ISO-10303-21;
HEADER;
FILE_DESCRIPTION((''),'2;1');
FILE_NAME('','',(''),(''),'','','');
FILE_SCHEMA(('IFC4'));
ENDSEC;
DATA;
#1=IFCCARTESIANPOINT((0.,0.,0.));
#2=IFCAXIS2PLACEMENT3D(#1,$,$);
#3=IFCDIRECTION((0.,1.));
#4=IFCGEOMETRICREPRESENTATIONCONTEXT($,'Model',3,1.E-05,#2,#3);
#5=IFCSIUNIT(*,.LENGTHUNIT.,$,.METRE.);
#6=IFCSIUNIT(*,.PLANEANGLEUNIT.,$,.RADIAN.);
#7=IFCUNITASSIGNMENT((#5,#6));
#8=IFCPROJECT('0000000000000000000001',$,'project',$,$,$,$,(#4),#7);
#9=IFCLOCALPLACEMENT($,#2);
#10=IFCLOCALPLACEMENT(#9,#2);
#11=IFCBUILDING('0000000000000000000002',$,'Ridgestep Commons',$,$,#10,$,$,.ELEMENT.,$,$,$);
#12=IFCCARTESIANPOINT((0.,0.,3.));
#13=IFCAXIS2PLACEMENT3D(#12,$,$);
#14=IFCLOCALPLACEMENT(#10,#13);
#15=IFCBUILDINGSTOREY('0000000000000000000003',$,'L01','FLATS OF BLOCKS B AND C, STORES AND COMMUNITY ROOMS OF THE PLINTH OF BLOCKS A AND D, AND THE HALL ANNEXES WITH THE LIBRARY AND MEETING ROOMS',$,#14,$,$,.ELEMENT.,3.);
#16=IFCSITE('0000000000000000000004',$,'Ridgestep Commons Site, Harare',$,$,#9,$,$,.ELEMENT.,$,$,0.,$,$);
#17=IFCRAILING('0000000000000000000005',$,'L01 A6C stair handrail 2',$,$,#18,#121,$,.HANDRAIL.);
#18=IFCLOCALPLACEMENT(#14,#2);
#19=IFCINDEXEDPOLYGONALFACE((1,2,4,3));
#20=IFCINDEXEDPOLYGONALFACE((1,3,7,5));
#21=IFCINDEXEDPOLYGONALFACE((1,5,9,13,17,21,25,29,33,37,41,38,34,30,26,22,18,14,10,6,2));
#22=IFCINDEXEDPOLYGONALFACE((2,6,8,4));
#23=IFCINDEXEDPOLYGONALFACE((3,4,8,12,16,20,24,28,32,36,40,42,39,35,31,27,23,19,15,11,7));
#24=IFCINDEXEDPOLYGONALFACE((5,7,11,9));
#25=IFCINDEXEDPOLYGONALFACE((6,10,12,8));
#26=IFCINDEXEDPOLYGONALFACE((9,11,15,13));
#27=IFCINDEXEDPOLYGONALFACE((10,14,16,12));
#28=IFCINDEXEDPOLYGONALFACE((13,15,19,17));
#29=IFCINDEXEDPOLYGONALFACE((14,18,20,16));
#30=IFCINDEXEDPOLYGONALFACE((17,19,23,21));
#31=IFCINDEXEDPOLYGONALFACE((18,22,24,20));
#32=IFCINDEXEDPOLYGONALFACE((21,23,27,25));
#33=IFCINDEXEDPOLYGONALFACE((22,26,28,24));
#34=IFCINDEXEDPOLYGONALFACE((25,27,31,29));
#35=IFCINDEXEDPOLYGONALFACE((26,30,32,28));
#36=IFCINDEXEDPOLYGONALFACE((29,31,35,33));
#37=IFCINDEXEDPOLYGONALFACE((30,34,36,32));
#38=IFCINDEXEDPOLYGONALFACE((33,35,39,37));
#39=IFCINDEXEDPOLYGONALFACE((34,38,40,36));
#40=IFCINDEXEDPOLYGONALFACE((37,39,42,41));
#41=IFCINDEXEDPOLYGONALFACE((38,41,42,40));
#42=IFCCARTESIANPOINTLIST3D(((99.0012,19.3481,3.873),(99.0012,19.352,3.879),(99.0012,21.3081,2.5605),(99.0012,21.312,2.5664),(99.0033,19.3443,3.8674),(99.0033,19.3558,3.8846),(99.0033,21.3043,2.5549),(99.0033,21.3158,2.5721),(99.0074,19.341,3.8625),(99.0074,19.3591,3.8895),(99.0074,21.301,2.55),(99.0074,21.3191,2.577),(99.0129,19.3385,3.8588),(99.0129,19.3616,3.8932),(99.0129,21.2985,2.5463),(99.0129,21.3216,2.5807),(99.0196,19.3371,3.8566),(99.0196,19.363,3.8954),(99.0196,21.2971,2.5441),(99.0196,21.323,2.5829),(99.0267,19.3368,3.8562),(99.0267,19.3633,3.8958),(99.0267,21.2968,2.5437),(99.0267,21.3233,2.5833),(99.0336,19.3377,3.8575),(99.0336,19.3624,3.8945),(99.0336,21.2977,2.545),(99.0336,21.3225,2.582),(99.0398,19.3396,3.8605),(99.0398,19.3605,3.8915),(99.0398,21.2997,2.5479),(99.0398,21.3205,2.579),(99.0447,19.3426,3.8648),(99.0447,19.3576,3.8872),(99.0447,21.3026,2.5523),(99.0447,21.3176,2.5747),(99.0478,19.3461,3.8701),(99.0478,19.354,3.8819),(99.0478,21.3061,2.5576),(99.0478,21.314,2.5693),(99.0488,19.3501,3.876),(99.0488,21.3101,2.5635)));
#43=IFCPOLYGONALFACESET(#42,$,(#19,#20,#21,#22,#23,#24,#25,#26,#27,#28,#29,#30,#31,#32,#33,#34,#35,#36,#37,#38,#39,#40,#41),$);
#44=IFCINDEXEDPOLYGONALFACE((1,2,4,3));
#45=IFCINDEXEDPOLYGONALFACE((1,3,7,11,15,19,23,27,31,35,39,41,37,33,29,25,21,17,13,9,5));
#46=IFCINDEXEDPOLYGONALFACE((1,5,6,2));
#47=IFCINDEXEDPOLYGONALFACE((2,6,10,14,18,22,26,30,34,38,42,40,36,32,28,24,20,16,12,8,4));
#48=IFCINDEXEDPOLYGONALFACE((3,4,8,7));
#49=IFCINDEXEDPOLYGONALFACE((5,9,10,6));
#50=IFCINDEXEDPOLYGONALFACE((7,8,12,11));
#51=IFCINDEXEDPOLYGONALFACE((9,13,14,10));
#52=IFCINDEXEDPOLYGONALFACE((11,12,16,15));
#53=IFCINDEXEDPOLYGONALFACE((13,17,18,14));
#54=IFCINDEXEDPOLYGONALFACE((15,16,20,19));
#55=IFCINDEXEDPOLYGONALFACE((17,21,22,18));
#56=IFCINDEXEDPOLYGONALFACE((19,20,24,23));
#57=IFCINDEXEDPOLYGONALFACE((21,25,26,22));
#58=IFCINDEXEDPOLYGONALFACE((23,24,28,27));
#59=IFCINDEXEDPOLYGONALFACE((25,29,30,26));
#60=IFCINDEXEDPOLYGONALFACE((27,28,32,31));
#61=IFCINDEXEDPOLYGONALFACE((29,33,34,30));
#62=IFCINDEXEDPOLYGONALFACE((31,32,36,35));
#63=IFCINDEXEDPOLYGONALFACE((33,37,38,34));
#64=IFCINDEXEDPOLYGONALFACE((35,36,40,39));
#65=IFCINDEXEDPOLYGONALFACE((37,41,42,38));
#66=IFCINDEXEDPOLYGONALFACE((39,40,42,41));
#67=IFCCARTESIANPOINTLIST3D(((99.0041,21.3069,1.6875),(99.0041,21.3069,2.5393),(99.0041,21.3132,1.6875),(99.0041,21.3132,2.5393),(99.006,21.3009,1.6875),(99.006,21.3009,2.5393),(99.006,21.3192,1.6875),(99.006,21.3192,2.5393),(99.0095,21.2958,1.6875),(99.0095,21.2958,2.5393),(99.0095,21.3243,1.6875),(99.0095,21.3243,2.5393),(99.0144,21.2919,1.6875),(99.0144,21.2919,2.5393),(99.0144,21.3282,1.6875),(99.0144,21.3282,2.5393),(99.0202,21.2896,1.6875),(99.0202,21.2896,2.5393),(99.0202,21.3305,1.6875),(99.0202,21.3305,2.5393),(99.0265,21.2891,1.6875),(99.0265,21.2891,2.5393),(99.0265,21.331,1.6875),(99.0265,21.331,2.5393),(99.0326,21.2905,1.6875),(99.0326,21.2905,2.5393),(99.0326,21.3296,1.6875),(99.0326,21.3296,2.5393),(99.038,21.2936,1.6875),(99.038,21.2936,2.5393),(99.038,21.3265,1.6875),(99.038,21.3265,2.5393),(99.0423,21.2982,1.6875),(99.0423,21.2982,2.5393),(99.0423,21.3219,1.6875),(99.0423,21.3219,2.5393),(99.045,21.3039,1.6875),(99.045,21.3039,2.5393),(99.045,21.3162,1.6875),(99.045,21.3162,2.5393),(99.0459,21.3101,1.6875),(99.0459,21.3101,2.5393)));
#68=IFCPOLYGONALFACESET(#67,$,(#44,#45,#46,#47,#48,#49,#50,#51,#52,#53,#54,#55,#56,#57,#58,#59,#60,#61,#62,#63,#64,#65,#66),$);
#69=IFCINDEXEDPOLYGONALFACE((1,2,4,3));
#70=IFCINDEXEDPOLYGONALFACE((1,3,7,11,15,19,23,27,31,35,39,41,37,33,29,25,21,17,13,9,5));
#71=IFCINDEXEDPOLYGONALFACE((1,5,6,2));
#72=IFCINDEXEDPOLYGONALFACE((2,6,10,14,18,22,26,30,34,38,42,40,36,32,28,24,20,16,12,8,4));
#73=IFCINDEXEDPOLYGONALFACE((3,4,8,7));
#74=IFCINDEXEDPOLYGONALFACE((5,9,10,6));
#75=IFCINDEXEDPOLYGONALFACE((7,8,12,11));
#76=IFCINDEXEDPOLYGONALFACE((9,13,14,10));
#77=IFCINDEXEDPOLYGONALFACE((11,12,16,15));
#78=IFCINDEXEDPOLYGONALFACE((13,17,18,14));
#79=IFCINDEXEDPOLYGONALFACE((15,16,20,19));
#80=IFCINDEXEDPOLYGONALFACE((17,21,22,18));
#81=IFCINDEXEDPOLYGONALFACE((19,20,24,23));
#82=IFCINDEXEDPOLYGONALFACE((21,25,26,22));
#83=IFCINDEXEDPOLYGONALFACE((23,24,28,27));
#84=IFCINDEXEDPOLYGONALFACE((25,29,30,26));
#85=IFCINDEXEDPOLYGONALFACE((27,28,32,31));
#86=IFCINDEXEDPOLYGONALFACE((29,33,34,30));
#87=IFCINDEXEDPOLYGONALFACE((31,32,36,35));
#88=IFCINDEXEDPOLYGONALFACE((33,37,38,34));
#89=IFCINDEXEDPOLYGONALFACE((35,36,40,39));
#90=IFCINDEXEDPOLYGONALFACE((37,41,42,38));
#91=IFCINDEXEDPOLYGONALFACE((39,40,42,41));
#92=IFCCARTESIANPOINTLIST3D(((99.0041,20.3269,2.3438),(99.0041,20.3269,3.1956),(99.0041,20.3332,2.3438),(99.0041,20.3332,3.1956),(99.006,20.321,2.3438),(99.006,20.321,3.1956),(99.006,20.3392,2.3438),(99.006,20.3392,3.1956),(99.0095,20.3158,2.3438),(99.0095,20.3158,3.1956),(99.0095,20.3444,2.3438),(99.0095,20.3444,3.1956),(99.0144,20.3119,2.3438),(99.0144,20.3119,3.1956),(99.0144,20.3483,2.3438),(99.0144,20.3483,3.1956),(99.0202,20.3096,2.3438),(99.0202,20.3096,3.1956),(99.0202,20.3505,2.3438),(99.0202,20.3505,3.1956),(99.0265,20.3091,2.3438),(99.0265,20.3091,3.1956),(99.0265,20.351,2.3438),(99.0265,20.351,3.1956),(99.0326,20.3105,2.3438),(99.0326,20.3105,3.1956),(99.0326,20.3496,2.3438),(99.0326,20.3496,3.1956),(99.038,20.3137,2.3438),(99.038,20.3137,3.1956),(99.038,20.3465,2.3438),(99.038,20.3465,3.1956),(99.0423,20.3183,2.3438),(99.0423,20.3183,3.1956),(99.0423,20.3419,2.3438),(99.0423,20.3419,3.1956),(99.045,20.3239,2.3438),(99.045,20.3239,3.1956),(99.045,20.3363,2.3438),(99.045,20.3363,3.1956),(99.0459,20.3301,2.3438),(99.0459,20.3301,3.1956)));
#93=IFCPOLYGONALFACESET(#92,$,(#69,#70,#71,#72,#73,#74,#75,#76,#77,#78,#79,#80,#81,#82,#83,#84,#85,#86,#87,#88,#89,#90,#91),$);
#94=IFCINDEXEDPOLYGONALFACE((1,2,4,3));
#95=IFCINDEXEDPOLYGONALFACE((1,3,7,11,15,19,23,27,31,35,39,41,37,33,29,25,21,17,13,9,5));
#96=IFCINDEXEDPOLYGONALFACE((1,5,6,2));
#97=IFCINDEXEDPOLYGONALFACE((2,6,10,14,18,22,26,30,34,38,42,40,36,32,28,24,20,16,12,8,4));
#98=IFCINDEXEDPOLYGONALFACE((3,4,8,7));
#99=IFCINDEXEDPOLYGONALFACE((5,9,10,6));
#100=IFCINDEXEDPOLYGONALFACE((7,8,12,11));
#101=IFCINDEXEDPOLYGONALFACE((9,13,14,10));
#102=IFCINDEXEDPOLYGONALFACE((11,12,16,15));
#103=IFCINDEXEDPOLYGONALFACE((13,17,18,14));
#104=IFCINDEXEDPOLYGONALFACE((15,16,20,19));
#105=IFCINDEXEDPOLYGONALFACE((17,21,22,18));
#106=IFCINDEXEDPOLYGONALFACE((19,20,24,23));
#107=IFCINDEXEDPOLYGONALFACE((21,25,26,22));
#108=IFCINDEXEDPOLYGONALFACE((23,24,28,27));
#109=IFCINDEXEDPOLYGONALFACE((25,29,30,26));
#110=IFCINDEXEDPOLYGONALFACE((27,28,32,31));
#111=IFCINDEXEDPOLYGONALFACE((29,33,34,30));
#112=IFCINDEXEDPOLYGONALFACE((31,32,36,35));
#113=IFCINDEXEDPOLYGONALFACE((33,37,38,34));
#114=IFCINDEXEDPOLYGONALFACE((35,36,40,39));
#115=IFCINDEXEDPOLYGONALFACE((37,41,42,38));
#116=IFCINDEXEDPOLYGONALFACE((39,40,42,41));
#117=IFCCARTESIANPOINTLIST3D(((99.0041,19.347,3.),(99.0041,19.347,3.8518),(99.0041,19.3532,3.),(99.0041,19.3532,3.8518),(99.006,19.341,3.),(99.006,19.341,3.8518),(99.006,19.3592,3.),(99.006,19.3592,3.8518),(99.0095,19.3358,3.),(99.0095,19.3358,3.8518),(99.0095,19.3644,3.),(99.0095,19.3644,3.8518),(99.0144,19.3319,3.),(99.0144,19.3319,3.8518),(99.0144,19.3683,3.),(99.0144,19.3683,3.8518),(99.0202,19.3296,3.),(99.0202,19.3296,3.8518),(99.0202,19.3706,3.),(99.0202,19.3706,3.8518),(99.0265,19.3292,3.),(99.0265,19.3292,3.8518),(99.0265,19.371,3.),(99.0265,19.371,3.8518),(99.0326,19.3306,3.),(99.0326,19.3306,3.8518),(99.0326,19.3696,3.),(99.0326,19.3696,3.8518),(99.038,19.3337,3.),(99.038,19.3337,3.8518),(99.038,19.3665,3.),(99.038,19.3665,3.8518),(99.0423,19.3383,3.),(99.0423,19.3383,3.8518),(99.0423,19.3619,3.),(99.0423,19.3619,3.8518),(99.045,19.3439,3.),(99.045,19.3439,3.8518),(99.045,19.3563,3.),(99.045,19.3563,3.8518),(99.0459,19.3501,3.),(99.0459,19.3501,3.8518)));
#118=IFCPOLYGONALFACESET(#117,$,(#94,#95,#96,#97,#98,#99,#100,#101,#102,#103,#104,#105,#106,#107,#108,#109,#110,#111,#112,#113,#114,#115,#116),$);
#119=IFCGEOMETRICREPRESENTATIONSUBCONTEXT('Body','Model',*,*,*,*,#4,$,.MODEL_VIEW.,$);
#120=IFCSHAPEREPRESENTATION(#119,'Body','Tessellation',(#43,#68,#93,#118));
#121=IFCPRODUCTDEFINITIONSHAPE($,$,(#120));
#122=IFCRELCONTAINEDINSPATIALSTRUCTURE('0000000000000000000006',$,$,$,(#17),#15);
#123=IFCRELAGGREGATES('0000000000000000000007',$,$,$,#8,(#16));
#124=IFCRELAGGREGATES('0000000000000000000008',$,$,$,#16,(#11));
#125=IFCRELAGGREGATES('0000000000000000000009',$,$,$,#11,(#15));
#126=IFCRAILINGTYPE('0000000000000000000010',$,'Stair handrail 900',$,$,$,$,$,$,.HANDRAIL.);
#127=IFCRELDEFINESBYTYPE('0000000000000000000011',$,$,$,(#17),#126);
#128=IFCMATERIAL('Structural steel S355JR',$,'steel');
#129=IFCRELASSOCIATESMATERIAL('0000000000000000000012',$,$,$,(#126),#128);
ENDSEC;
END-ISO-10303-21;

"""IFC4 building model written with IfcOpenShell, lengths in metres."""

from ifc_helpers import new_model, si_unit, direction, frame, origin, origin_2d, place, context, subcontext, project, spatial, circle, extrude, material, type_object, element, save


model = new_model("IFC4")

# Units and contexts
model_context = context("Model", 3, precision=1e-05, world=origin(), true_north=direction((0.0, 1.0)))
body_context = subcontext(model_context, "Body", "Model", "MODEL_VIEW")
ifc_project = project(units=[si_unit("LENGTHUNIT", "METRE"), si_unit("PLANEANGLEUNIT", "RADIAN")], contexts=[model_context])

# Site, building, storey
site_placement = place(None, origin())
site = spatial("IfcSite", under=ifc_project, at=site_placement, Name="Ridgestep Commons Site, Harare", CompositionType="ELEMENT", RefElevation=0.0)
building_placement = place(site_placement, origin())
building = spatial("IfcBuilding", under=site, at=building_placement, Name="Ridgestep Commons", CompositionType="ELEMENT")
storey_placement = place(building_placement, frame((0.0, 0.0, 3.0)))
storey = spatial("IfcBuildingStorey", under=building, at=storey_placement, Name="L01", Description="FLATS OF BLOCKS B AND C, STORES AND COMMUNITY ROOMS OF THE PLINTH OF BLOCKS A AND D, AND THE HALL ANNEXES WITH THE LIBRARY AND MEETING ROOMS", CompositionType="ELEMENT", Elevation=3.0)

# Railing
ifc_material_1 = material(Name="Structural steel S355JR", Category="steel")
railing_type_1 = type_object("IfcRailingType", Name="Stair handrail 900", PredefinedType="HANDRAIL", material=ifc_material_1)
railing_1_placement = place(storey_placement, frame((99.0249, 21.3101, 1.6875)))
element("IfcRailing", 1, at=railing_1_placement, inside=storey, type_object=railing_type_1, Name="L01 A6C stair handrail 2", PredefinedType="HANDRAIL", context=body_context, shape_type="SweptSolid", body=[
    extrude(circle(Radius=0.0239, at=origin_2d()), frame((0.0, 0.0, 0.876), z_axis=(0.0, -0.830902, 0.556419), x_axis=(1.0, 0.0, 0.0)), (0.0, 0.0, 1.0), 2.3589),
    extrude(circle(Radius=0.021, at=origin_2d()), origin(), (0.0, 0.0, 1.0), 0.8518),
    extrude(circle(Radius=0.021, at=origin_2d()), frame((0.0, -0.98, 0.6562)), (0.0, 0.0, 1.0), 0.8518),
    extrude(circle(Radius=0.021, at=origin_2d()), frame((0.0, -1.96, 1.3125)), (0.0, 0.0, 1.0), 0.8518),
])

save(model, "model.ifc")
